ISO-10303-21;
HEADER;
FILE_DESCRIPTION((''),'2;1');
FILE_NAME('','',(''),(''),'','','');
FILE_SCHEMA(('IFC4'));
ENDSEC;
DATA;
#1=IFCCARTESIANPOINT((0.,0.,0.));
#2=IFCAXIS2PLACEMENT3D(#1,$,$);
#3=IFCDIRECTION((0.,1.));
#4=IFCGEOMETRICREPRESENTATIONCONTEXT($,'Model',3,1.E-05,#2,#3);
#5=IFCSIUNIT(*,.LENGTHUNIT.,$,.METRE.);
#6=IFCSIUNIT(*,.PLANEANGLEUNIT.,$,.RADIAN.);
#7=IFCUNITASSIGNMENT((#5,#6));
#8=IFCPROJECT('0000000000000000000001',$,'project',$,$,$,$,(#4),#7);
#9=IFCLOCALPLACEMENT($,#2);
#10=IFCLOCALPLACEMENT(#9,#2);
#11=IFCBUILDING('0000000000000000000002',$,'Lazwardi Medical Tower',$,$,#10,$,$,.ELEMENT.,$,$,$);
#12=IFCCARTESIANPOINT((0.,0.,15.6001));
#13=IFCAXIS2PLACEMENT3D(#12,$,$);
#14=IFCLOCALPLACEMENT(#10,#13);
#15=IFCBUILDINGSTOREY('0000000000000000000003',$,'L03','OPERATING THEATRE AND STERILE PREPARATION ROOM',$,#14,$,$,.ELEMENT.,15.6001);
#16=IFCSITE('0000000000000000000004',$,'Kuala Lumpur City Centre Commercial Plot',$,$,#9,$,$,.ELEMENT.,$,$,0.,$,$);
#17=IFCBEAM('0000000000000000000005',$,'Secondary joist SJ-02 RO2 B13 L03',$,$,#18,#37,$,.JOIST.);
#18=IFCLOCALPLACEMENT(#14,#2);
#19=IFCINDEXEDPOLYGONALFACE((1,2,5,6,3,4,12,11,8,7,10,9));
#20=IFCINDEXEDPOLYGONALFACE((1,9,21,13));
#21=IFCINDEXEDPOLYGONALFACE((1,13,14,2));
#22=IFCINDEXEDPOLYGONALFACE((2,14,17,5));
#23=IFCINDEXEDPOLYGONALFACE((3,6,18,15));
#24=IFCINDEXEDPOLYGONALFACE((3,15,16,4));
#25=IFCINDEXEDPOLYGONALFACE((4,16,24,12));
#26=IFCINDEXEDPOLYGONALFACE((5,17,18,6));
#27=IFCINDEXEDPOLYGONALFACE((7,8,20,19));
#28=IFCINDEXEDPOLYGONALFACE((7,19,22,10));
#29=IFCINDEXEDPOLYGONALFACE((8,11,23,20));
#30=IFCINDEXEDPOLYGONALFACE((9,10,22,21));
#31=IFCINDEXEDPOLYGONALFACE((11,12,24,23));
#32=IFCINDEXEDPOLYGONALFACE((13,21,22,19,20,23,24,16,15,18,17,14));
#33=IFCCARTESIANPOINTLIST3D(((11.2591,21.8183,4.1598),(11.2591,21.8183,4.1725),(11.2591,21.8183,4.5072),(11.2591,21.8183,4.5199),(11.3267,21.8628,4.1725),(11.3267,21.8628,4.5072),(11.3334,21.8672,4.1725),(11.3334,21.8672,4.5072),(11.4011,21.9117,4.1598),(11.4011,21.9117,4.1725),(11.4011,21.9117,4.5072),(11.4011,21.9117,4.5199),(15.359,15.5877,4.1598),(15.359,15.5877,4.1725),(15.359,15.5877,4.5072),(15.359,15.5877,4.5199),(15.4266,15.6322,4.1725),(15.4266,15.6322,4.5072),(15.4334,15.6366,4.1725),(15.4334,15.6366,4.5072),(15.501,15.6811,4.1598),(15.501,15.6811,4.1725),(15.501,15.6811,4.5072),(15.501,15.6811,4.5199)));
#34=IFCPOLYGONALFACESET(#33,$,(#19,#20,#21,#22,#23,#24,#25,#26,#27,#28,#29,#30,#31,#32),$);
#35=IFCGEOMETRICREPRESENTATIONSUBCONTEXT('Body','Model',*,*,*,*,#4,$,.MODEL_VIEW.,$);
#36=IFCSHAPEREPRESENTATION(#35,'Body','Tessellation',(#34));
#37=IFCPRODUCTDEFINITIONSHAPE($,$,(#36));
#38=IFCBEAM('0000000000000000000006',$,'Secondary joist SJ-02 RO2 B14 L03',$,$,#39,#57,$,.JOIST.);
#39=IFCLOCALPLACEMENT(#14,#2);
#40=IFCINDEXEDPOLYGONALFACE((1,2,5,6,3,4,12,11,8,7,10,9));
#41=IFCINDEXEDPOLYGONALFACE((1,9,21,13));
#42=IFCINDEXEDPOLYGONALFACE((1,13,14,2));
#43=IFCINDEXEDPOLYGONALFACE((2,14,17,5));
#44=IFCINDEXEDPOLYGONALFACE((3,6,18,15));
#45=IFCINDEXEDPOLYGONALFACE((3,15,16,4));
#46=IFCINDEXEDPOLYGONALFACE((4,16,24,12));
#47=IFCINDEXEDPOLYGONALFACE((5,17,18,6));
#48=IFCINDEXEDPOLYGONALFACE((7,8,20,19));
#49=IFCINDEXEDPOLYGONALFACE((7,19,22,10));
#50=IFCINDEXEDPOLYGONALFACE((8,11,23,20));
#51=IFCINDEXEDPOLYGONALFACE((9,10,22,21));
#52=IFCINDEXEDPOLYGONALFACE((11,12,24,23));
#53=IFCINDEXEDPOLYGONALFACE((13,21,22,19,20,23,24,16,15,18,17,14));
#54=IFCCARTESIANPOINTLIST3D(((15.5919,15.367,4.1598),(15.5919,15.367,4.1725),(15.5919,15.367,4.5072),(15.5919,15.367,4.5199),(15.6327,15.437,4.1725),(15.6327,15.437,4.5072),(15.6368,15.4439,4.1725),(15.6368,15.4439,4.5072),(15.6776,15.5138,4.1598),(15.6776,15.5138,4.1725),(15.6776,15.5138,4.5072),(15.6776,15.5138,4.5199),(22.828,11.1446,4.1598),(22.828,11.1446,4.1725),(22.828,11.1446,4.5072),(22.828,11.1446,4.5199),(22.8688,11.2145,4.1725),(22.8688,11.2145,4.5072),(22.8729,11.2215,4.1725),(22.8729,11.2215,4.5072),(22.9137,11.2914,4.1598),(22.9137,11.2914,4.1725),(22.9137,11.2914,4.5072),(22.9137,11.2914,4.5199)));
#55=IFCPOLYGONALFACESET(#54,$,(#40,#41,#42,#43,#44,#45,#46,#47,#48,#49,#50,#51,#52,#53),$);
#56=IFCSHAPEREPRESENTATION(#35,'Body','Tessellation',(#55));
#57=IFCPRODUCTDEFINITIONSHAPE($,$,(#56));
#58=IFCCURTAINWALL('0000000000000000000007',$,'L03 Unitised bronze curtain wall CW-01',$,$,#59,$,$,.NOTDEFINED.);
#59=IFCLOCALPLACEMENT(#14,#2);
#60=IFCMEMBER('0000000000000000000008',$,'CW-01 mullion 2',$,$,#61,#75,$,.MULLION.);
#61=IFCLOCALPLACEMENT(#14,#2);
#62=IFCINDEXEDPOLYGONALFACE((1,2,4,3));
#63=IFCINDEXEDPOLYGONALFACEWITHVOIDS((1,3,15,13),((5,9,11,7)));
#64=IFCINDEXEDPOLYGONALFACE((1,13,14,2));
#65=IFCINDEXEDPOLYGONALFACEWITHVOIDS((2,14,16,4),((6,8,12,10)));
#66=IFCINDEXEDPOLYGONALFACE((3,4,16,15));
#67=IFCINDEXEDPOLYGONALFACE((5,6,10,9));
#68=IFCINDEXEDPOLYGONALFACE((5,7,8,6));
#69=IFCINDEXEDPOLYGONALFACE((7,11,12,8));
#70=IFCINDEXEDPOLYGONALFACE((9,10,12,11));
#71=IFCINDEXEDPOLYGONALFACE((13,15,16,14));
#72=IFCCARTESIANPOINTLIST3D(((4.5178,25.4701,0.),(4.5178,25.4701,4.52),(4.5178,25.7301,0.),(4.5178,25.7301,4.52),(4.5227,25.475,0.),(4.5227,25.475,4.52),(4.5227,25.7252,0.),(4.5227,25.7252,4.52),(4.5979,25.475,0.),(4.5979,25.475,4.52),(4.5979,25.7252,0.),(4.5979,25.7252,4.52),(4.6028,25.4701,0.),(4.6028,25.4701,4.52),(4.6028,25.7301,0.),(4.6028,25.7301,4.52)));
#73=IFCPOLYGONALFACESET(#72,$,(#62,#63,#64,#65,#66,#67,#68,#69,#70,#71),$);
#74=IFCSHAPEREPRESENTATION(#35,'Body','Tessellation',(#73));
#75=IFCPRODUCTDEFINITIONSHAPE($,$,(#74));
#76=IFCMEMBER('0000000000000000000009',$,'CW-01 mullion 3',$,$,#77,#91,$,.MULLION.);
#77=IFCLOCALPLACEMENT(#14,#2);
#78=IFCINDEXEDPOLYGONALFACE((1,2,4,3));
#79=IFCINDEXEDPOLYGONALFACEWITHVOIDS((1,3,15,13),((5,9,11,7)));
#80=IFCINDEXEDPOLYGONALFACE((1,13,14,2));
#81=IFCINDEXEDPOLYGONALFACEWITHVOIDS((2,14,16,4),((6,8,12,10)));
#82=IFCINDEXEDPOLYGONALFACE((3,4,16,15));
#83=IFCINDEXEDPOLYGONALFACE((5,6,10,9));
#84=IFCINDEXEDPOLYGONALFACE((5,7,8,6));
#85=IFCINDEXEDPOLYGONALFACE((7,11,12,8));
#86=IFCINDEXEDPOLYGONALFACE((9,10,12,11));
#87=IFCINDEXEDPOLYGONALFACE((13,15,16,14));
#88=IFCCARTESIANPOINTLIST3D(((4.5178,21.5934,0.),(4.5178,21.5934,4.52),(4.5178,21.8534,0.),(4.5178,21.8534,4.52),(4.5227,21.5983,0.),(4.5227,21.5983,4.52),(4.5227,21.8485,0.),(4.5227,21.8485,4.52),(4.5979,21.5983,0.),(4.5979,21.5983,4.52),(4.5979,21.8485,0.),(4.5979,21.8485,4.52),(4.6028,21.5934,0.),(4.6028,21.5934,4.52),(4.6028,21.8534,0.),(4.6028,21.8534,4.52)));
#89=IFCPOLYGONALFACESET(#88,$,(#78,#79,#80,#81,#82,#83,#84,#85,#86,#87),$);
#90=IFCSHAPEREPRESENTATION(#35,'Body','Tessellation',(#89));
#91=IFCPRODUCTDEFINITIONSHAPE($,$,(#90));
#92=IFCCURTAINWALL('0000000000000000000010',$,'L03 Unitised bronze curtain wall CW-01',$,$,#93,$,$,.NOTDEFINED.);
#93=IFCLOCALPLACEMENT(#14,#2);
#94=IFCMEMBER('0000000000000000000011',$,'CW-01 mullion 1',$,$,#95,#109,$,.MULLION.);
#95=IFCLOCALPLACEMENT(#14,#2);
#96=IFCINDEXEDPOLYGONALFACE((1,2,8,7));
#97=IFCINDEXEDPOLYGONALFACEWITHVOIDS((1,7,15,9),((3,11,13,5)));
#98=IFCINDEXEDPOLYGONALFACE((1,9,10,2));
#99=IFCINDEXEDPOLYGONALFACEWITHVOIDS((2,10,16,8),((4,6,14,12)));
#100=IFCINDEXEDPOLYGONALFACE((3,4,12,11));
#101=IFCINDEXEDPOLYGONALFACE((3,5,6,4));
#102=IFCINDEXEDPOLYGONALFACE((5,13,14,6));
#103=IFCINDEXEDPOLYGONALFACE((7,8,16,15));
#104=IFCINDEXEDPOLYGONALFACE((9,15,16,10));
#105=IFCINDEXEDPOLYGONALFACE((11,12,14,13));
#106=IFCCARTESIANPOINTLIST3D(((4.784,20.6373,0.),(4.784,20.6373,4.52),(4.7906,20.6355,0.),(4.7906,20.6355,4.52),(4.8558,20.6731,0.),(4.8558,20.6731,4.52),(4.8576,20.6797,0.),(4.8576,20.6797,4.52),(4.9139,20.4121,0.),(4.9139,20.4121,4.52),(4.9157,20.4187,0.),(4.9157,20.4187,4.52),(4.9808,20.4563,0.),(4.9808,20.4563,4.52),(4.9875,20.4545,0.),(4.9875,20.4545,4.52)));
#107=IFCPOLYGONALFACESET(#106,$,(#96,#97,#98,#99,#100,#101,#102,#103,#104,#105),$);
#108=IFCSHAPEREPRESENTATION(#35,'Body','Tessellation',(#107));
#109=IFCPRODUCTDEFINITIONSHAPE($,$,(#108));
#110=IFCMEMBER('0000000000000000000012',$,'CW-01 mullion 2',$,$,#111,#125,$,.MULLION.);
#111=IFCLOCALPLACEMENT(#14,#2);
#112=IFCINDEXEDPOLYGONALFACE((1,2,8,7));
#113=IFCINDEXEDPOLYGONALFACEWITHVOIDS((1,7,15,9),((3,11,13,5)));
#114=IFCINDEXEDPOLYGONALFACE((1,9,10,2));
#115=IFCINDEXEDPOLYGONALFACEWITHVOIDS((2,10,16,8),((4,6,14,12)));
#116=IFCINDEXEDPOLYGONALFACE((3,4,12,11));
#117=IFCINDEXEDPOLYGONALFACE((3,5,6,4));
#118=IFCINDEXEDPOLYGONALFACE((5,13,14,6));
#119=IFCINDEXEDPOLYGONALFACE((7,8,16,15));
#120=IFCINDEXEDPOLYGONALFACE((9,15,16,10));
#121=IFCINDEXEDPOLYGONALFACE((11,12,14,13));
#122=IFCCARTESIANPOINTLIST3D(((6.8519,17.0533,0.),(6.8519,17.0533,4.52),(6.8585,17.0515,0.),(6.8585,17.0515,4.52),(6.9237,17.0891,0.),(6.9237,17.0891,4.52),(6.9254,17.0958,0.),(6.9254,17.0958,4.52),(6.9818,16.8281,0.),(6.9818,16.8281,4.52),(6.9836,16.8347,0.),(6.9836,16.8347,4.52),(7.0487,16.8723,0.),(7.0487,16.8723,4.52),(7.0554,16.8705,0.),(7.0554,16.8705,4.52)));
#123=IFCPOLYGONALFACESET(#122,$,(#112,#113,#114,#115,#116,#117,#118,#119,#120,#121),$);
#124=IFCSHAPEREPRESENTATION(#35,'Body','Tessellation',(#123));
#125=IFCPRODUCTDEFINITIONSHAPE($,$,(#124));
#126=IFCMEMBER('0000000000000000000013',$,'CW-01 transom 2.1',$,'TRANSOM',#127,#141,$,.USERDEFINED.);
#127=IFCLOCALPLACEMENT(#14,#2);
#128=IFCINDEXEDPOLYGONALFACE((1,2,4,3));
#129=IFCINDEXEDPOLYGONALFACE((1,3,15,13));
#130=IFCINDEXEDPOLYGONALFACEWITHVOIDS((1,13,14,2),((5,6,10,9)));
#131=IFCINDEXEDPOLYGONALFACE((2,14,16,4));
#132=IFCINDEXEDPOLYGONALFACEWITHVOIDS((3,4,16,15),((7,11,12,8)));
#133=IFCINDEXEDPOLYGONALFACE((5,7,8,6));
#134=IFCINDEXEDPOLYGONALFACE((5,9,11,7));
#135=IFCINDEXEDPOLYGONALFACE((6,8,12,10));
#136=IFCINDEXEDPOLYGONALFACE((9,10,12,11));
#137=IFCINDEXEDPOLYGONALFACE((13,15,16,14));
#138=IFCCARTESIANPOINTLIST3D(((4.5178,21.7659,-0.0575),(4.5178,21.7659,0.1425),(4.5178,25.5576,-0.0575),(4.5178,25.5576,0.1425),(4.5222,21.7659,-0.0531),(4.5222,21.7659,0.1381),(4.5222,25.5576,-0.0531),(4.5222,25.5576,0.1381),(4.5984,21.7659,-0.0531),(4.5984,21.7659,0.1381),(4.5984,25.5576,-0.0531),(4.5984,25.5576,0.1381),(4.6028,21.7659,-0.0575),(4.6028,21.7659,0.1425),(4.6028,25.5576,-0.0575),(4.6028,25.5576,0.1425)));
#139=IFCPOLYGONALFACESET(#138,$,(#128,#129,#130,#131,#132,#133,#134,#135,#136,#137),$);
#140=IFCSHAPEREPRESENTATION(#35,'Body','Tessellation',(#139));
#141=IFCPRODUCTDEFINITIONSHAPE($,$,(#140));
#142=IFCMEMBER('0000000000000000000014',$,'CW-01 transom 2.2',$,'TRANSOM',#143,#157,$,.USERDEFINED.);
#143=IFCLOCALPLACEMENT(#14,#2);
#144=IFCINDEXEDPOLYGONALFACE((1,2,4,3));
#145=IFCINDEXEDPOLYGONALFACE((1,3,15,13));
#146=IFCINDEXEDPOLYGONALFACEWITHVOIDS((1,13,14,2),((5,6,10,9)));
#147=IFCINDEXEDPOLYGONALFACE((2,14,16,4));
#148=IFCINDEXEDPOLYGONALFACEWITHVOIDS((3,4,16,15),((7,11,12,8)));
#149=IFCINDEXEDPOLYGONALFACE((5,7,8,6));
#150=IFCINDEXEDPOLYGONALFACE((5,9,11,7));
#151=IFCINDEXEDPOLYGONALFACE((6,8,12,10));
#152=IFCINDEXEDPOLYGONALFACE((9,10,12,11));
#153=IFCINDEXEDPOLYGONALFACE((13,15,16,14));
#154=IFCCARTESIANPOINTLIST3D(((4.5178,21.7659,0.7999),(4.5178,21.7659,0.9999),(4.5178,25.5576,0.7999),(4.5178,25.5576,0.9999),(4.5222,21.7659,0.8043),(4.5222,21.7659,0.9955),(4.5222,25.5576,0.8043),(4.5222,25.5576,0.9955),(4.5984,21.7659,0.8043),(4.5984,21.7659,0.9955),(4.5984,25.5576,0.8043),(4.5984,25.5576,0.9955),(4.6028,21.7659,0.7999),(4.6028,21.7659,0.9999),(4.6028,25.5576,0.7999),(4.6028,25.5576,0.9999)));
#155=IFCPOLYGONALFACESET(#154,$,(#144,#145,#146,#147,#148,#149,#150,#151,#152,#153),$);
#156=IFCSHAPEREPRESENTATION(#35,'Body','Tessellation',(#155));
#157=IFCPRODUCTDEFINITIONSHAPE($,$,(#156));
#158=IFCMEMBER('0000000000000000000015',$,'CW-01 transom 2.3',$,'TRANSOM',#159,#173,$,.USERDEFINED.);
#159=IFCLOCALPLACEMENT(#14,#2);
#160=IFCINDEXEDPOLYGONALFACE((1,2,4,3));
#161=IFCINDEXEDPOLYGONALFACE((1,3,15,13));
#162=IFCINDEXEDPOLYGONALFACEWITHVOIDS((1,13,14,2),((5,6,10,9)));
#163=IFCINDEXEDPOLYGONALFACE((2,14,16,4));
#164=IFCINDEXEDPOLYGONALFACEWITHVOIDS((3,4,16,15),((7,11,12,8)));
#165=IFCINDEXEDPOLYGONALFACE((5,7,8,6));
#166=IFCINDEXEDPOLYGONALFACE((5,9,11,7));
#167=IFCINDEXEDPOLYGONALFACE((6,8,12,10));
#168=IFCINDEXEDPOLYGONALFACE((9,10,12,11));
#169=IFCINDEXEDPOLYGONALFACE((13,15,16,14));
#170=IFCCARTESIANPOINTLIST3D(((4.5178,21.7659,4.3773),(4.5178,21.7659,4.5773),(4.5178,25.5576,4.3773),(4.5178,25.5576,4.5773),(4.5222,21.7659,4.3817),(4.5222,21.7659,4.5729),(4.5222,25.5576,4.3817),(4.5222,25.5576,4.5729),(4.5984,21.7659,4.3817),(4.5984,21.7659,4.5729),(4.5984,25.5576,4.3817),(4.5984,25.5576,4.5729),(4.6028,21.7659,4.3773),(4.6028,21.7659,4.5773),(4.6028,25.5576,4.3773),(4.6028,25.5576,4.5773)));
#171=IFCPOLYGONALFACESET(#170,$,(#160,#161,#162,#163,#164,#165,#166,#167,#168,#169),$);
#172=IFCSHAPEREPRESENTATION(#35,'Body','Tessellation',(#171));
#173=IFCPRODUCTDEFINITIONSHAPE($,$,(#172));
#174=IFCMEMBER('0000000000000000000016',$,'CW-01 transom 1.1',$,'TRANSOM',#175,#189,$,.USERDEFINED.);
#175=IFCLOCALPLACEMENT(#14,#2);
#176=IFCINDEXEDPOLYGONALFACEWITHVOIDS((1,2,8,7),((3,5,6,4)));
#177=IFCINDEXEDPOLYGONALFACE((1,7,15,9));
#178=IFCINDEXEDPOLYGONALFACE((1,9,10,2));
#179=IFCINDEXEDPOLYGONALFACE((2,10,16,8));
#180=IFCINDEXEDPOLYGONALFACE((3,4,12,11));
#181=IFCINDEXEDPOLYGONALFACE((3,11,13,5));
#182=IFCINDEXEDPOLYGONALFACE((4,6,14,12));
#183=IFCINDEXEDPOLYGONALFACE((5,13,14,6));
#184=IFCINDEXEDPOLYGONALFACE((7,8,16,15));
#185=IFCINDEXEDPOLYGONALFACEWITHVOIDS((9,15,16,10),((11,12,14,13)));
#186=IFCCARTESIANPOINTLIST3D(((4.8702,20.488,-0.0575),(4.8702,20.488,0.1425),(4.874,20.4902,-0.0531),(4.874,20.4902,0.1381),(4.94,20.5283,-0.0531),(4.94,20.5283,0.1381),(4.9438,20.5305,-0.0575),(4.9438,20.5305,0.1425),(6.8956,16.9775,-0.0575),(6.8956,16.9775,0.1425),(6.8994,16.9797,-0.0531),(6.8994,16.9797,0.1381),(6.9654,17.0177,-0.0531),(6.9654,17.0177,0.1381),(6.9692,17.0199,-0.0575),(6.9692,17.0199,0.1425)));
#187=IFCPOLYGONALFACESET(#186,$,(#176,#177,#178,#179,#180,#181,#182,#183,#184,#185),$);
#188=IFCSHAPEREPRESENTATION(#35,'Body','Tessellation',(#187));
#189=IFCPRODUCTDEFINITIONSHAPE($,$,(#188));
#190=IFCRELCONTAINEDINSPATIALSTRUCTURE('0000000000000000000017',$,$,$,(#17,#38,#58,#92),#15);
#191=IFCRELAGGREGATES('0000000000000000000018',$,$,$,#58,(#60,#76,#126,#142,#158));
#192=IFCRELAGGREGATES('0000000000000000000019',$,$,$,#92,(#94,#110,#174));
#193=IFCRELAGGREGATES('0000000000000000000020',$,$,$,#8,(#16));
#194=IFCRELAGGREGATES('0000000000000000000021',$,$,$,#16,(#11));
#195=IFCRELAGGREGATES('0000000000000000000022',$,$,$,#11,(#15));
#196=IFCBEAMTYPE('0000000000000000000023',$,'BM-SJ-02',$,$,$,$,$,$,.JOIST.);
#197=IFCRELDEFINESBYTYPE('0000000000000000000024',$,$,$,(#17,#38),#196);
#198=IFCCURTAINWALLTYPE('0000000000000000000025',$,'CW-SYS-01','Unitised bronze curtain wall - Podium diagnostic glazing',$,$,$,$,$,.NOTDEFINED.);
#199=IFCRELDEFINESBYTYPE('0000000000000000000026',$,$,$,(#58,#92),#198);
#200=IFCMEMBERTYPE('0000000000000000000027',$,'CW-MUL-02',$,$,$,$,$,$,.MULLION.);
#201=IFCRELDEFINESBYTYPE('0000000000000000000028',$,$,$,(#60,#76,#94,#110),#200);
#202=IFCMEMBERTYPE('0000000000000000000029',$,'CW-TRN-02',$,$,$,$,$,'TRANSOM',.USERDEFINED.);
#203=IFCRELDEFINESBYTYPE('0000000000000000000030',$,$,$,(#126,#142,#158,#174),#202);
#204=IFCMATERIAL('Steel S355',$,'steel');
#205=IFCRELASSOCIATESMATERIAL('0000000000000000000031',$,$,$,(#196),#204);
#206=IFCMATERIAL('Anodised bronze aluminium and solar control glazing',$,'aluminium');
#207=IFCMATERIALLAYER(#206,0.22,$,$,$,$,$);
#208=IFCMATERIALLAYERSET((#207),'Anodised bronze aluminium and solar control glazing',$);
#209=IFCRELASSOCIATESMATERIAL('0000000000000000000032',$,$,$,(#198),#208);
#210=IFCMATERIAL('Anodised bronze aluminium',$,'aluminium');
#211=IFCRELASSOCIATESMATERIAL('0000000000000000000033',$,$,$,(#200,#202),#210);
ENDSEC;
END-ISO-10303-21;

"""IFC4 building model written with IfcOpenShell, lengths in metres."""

from ifc_helpers import new_model, si_unit, direction, frame, origin, origin_2d, place, context, subcontext, project, spatial, hollow_rectangle, i_section, extrude, material, layer, layer_set, material_profile, profile_set, type_object, element, aggregate, save


model = new_model("IFC4")

# Units and contexts
model_context = context("Model", 3, precision=1e-05, world=origin(), true_north=direction((0.0, 1.0)))
body_context = subcontext(model_context, "Body", "Model", "MODEL_VIEW")
ifc_project = project(units=[si_unit("LENGTHUNIT", "METRE"), si_unit("PLANEANGLEUNIT", "RADIAN")], contexts=[model_context])

# Site, building, storey
site_placement = place(None, origin())
site = spatial("IfcSite", under=ifc_project, at=site_placement, Name="Kuala Lumpur City Centre Commercial Plot", CompositionType="ELEMENT", RefElevation=0.0)
building_placement = place(site_placement, origin())
building = spatial("IfcBuilding", under=site, at=building_placement, Name="Lazwardi Medical Tower", CompositionType="ELEMENT")
storey_placement = place(building_placement, frame((0.0, 0.0, 15.6001)))
storey = spatial("IfcBuildingStorey", under=building, at=storey_placement, Name="L03", Description="OPERATING THEATRE AND STERILE PREPARATION ROOM", CompositionType="ELEMENT", Elevation=15.6001)

# Beams
ifc_material_1 = material(Name="Steel S355", Category="steel")
ifc_material_profile_1 = material_profile(ifc_material_1, i_section(OverallWidth=0.1699, OverallDepth=0.3601, WebThickness=0.0081, FlangeThickness=0.0127, at=origin_2d()), Name="IPE 360")
ifc_profile_set_1 = profile_set([ifc_material_profile_1], Name="Steel S355")
beam_type_1 = type_object("IfcBeamType", Name="BM-SJ-02", PredefinedType="JOIST", material=ifc_profile_set_1)
beam_1_placement = place(storey_placement, frame((11.3301, 21.865, 4.3398), z_axis=(0.549697, -0.835364, 0.0), x_axis=(0.835364, 0.549697, 0.0)))
element("IfcBeam", 1, at=beam_1_placement, inside=storey, type_object=beam_type_1, Name="Secondary joist SJ-02 RO2 B13 L03", PredefinedType="JOIST", context=body_context, shape_type="SweptSolid", body=[
    extrude(i_section(OverallWidth=0.1699, OverallDepth=0.3601, WebThickness=0.0081, FlangeThickness=0.0127, at=origin_2d()), origin(), (0.0, 0.0, 1.0), 7.4585),
])
beam_2_placement = place(storey_placement, frame((15.6348, 15.4404, 4.3398), z_axis=(0.863708, -0.503992, 0.0), x_axis=(0.503992, 0.863708, 0.0)))
element("IfcBeam", 2, at=beam_2_placement, inside=storey, type_object=beam_type_1, Name="Secondary joist SJ-02 RO2 B14 L03", PredefinedType="JOIST", context=body_context, shape_type="SweptSolid", body=[
    extrude(i_section(OverallWidth=0.1699, OverallDepth=0.3601, WebThickness=0.0081, FlangeThickness=0.0127, at=origin_2d()), origin(), (0.0, 0.0, 1.0), 8.3779),
])

# Curtain walls, members
ifc_material_2 = material(Name="Anodised bronze aluminium and solar control glazing", Category="aluminium")
ifc_layer_1 = layer(ifc_material_2, 0.22)
ifc_layer_set_1 = layer_set([ifc_layer_1], Name="Anodised bronze aluminium and solar control glazing")
curtain_wall_type = type_object("IfcCurtainWallType", Name="CW-SYS-01", Description="Unitised bronze curtain wall - Podium diagnostic glazing", PredefinedType="NOTDEFINED", material=ifc_layer_set_1)
curtain_wall_1_placement = place(storey_placement, origin())
curtain_wall_1 = element("IfcCurtainWall", 3, at=curtain_wall_1_placement, inside=storey, type_object=curtain_wall_type, Name="L03 Unitised bronze curtain wall CW-01", PredefinedType="NOTDEFINED")
ifc_material_3 = material(Name="Anodised bronze aluminium", Category="aluminium")
ifc_material_profile_2 = material_profile(ifc_material_3, hollow_rectangle(XDim=0.085, YDim=0.26, WallThickness=0.0049, at=origin_2d()), Name="ALU-MULLION 260x85x5")
ifc_profile_set_2 = profile_set([ifc_material_profile_2], Name="Anodised bronze aluminium")
member_type_1 = type_object("IfcMemberType", Name="CW-MUL-02", PredefinedType="MULLION", material=ifc_profile_set_2)
member_1_placement = place(storey_placement, frame((4.5603, 25.6001, 0.0), z_axis=(0.0, 0.0, 1.0), x_axis=(1.0, 0.0, 0.0)))
member_1 = element("IfcMember", 4, at=member_1_placement, type_object=member_type_1, Name="CW-01 mullion 2", PredefinedType="MULLION", context=body_context, shape_type="SweptSolid", body=[
    extrude(hollow_rectangle(XDim=0.085, YDim=0.26, WallThickness=0.0049, at=origin_2d()), origin(), (0.0, 0.0, 1.0), 4.52),
])
member_2_placement = place(storey_placement, frame((4.5603, 21.7234, 0.0), z_axis=(0.0, 0.0, 1.0), x_axis=(1.0, 0.0, 0.0)))
member_2 = element("IfcMember", 5, at=member_2_placement, type_object=member_type_1, Name="CW-01 mullion 3", PredefinedType="MULLION", context=body_context, shape_type="SweptSolid", body=[
    extrude(hollow_rectangle(XDim=0.085, YDim=0.26, WallThickness=0.0049, at=origin_2d()), origin(), (0.0, 0.0, 1.0), 4.52),
])
curtain_wall_2_placement = place(storey_placement, origin())
curtain_wall_2 = element("IfcCurtainWall", 6, at=curtain_wall_2_placement, inside=storey, type_object=curtain_wall_type, Name="L03 Unitised bronze curtain wall CW-01", PredefinedType="NOTDEFINED")
member_3_placement = place(storey_placement, frame((4.8857, 20.5459, 0.0), z_axis=(0.0, 0.0, 1.0), x_axis=(0.866181, 0.499731, 0.0)))
member_3 = element("IfcMember", 7, at=member_3_placement, type_object=member_type_1, Name="CW-01 mullion 1", PredefinedType="MULLION", context=body_context, shape_type="SweptSolid", body=[
    extrude(hollow_rectangle(XDim=0.085, YDim=0.26, WallThickness=0.0049, at=origin_2d()), origin(), (0.0, 0.0, 1.0), 4.52),
])
member_4_placement = place(storey_placement, frame((6.9536, 16.9619, 0.0), z_axis=(0.0, 0.0, 1.0), x_axis=(0.866181, 0.499731, 0.0)))
member_4 = element("IfcMember", 8, at=member_4_placement, type_object=member_type_1, Name="CW-01 mullion 2", PredefinedType="MULLION", context=body_context, shape_type="SweptSolid", body=[
    extrude(hollow_rectangle(XDim=0.085, YDim=0.26, WallThickness=0.0049, at=origin_2d()), origin(), (0.0, 0.0, 1.0), 4.52),
])

# Members
ifc_material_profile_3 = material_profile(ifc_material_3, hollow_rectangle(XDim=0.085, YDim=0.2, WallThickness=0.0044, at=origin_2d()), Name="ALU-TRANSOM 200x85x4.5")
ifc_profile_set_3 = profile_set([ifc_material_profile_3], Name="Anodised bronze aluminium")
member_type_2 = type_object("IfcMemberType", Name="CW-TRN-02", ElementType="TRANSOM", PredefinedType="USERDEFINED", material=ifc_profile_set_3)
member_5_placement = place(storey_placement, frame((4.5603, 25.5576, 0.0425), z_axis=(0.0, -1.0, 0.0), x_axis=(1.0, 0.0, 0.0)))
member_5 = element("IfcMember", 9, at=member_5_placement, type_object=member_type_2, Name="CW-01 transom 2.1", ObjectType="TRANSOM", PredefinedType="USERDEFINED", context=body_context, shape_type="SweptSolid", body=[
    extrude(hollow_rectangle(XDim=0.085, YDim=0.2, WallThickness=0.0044, at=origin_2d()), origin(), (0.0, 0.0, 1.0), 3.7917),
])
member_6_placement = place(storey_placement, frame((4.5603, 25.5576, 0.8999), z_axis=(0.0, -1.0, 0.0), x_axis=(1.0, 0.0, 0.0)))
member_6 = element("IfcMember", 10, at=member_6_placement, type_object=member_type_2, Name="CW-01 transom 2.2", ObjectType="TRANSOM", PredefinedType="USERDEFINED", context=body_context, shape_type="SweptSolid", body=[
    extrude(hollow_rectangle(XDim=0.085, YDim=0.2, WallThickness=0.0044, at=origin_2d()), origin(), (0.0, 0.0, 1.0), 3.7917),
])
member_7_placement = place(storey_placement, frame((4.5603, 25.5576, 4.4773), z_axis=(0.0, -1.0, 0.0), x_axis=(1.0, 0.0, 0.0)))
member_7 = element("IfcMember", 11, at=member_7_placement, type_object=member_type_2, Name="CW-01 transom 2.3", ObjectType="TRANSOM", PredefinedType="USERDEFINED", context=body_context, shape_type="SweptSolid", body=[
    extrude(hollow_rectangle(XDim=0.085, YDim=0.2, WallThickness=0.0044, at=origin_2d()), origin(), (0.0, 0.0, 1.0), 3.7917),
])
member_8_placement = place(storey_placement, frame((4.907, 20.5093, 0.0425), z_axis=(0.499742, -0.866175, 0.0), x_axis=(0.866175, 0.499742, 0.0)))
member_8 = element("IfcMember", 12, at=member_8_placement, type_object=member_type_2, Name="CW-01 transom 1.1", ObjectType="TRANSOM", PredefinedType="USERDEFINED", context=body_context, shape_type="SweptSolid", body=[
    extrude(hollow_rectangle(XDim=0.085, YDim=0.2, WallThickness=0.0044, at=origin_2d()), origin(), (0.0, 0.0, 1.0), 4.053),
])

aggregate(curtain_wall_1, [member_1, member_2, member_5, member_6, member_7])
aggregate(curtain_wall_2, [member_3, member_4, member_8])

save(model, "model.ifc")
